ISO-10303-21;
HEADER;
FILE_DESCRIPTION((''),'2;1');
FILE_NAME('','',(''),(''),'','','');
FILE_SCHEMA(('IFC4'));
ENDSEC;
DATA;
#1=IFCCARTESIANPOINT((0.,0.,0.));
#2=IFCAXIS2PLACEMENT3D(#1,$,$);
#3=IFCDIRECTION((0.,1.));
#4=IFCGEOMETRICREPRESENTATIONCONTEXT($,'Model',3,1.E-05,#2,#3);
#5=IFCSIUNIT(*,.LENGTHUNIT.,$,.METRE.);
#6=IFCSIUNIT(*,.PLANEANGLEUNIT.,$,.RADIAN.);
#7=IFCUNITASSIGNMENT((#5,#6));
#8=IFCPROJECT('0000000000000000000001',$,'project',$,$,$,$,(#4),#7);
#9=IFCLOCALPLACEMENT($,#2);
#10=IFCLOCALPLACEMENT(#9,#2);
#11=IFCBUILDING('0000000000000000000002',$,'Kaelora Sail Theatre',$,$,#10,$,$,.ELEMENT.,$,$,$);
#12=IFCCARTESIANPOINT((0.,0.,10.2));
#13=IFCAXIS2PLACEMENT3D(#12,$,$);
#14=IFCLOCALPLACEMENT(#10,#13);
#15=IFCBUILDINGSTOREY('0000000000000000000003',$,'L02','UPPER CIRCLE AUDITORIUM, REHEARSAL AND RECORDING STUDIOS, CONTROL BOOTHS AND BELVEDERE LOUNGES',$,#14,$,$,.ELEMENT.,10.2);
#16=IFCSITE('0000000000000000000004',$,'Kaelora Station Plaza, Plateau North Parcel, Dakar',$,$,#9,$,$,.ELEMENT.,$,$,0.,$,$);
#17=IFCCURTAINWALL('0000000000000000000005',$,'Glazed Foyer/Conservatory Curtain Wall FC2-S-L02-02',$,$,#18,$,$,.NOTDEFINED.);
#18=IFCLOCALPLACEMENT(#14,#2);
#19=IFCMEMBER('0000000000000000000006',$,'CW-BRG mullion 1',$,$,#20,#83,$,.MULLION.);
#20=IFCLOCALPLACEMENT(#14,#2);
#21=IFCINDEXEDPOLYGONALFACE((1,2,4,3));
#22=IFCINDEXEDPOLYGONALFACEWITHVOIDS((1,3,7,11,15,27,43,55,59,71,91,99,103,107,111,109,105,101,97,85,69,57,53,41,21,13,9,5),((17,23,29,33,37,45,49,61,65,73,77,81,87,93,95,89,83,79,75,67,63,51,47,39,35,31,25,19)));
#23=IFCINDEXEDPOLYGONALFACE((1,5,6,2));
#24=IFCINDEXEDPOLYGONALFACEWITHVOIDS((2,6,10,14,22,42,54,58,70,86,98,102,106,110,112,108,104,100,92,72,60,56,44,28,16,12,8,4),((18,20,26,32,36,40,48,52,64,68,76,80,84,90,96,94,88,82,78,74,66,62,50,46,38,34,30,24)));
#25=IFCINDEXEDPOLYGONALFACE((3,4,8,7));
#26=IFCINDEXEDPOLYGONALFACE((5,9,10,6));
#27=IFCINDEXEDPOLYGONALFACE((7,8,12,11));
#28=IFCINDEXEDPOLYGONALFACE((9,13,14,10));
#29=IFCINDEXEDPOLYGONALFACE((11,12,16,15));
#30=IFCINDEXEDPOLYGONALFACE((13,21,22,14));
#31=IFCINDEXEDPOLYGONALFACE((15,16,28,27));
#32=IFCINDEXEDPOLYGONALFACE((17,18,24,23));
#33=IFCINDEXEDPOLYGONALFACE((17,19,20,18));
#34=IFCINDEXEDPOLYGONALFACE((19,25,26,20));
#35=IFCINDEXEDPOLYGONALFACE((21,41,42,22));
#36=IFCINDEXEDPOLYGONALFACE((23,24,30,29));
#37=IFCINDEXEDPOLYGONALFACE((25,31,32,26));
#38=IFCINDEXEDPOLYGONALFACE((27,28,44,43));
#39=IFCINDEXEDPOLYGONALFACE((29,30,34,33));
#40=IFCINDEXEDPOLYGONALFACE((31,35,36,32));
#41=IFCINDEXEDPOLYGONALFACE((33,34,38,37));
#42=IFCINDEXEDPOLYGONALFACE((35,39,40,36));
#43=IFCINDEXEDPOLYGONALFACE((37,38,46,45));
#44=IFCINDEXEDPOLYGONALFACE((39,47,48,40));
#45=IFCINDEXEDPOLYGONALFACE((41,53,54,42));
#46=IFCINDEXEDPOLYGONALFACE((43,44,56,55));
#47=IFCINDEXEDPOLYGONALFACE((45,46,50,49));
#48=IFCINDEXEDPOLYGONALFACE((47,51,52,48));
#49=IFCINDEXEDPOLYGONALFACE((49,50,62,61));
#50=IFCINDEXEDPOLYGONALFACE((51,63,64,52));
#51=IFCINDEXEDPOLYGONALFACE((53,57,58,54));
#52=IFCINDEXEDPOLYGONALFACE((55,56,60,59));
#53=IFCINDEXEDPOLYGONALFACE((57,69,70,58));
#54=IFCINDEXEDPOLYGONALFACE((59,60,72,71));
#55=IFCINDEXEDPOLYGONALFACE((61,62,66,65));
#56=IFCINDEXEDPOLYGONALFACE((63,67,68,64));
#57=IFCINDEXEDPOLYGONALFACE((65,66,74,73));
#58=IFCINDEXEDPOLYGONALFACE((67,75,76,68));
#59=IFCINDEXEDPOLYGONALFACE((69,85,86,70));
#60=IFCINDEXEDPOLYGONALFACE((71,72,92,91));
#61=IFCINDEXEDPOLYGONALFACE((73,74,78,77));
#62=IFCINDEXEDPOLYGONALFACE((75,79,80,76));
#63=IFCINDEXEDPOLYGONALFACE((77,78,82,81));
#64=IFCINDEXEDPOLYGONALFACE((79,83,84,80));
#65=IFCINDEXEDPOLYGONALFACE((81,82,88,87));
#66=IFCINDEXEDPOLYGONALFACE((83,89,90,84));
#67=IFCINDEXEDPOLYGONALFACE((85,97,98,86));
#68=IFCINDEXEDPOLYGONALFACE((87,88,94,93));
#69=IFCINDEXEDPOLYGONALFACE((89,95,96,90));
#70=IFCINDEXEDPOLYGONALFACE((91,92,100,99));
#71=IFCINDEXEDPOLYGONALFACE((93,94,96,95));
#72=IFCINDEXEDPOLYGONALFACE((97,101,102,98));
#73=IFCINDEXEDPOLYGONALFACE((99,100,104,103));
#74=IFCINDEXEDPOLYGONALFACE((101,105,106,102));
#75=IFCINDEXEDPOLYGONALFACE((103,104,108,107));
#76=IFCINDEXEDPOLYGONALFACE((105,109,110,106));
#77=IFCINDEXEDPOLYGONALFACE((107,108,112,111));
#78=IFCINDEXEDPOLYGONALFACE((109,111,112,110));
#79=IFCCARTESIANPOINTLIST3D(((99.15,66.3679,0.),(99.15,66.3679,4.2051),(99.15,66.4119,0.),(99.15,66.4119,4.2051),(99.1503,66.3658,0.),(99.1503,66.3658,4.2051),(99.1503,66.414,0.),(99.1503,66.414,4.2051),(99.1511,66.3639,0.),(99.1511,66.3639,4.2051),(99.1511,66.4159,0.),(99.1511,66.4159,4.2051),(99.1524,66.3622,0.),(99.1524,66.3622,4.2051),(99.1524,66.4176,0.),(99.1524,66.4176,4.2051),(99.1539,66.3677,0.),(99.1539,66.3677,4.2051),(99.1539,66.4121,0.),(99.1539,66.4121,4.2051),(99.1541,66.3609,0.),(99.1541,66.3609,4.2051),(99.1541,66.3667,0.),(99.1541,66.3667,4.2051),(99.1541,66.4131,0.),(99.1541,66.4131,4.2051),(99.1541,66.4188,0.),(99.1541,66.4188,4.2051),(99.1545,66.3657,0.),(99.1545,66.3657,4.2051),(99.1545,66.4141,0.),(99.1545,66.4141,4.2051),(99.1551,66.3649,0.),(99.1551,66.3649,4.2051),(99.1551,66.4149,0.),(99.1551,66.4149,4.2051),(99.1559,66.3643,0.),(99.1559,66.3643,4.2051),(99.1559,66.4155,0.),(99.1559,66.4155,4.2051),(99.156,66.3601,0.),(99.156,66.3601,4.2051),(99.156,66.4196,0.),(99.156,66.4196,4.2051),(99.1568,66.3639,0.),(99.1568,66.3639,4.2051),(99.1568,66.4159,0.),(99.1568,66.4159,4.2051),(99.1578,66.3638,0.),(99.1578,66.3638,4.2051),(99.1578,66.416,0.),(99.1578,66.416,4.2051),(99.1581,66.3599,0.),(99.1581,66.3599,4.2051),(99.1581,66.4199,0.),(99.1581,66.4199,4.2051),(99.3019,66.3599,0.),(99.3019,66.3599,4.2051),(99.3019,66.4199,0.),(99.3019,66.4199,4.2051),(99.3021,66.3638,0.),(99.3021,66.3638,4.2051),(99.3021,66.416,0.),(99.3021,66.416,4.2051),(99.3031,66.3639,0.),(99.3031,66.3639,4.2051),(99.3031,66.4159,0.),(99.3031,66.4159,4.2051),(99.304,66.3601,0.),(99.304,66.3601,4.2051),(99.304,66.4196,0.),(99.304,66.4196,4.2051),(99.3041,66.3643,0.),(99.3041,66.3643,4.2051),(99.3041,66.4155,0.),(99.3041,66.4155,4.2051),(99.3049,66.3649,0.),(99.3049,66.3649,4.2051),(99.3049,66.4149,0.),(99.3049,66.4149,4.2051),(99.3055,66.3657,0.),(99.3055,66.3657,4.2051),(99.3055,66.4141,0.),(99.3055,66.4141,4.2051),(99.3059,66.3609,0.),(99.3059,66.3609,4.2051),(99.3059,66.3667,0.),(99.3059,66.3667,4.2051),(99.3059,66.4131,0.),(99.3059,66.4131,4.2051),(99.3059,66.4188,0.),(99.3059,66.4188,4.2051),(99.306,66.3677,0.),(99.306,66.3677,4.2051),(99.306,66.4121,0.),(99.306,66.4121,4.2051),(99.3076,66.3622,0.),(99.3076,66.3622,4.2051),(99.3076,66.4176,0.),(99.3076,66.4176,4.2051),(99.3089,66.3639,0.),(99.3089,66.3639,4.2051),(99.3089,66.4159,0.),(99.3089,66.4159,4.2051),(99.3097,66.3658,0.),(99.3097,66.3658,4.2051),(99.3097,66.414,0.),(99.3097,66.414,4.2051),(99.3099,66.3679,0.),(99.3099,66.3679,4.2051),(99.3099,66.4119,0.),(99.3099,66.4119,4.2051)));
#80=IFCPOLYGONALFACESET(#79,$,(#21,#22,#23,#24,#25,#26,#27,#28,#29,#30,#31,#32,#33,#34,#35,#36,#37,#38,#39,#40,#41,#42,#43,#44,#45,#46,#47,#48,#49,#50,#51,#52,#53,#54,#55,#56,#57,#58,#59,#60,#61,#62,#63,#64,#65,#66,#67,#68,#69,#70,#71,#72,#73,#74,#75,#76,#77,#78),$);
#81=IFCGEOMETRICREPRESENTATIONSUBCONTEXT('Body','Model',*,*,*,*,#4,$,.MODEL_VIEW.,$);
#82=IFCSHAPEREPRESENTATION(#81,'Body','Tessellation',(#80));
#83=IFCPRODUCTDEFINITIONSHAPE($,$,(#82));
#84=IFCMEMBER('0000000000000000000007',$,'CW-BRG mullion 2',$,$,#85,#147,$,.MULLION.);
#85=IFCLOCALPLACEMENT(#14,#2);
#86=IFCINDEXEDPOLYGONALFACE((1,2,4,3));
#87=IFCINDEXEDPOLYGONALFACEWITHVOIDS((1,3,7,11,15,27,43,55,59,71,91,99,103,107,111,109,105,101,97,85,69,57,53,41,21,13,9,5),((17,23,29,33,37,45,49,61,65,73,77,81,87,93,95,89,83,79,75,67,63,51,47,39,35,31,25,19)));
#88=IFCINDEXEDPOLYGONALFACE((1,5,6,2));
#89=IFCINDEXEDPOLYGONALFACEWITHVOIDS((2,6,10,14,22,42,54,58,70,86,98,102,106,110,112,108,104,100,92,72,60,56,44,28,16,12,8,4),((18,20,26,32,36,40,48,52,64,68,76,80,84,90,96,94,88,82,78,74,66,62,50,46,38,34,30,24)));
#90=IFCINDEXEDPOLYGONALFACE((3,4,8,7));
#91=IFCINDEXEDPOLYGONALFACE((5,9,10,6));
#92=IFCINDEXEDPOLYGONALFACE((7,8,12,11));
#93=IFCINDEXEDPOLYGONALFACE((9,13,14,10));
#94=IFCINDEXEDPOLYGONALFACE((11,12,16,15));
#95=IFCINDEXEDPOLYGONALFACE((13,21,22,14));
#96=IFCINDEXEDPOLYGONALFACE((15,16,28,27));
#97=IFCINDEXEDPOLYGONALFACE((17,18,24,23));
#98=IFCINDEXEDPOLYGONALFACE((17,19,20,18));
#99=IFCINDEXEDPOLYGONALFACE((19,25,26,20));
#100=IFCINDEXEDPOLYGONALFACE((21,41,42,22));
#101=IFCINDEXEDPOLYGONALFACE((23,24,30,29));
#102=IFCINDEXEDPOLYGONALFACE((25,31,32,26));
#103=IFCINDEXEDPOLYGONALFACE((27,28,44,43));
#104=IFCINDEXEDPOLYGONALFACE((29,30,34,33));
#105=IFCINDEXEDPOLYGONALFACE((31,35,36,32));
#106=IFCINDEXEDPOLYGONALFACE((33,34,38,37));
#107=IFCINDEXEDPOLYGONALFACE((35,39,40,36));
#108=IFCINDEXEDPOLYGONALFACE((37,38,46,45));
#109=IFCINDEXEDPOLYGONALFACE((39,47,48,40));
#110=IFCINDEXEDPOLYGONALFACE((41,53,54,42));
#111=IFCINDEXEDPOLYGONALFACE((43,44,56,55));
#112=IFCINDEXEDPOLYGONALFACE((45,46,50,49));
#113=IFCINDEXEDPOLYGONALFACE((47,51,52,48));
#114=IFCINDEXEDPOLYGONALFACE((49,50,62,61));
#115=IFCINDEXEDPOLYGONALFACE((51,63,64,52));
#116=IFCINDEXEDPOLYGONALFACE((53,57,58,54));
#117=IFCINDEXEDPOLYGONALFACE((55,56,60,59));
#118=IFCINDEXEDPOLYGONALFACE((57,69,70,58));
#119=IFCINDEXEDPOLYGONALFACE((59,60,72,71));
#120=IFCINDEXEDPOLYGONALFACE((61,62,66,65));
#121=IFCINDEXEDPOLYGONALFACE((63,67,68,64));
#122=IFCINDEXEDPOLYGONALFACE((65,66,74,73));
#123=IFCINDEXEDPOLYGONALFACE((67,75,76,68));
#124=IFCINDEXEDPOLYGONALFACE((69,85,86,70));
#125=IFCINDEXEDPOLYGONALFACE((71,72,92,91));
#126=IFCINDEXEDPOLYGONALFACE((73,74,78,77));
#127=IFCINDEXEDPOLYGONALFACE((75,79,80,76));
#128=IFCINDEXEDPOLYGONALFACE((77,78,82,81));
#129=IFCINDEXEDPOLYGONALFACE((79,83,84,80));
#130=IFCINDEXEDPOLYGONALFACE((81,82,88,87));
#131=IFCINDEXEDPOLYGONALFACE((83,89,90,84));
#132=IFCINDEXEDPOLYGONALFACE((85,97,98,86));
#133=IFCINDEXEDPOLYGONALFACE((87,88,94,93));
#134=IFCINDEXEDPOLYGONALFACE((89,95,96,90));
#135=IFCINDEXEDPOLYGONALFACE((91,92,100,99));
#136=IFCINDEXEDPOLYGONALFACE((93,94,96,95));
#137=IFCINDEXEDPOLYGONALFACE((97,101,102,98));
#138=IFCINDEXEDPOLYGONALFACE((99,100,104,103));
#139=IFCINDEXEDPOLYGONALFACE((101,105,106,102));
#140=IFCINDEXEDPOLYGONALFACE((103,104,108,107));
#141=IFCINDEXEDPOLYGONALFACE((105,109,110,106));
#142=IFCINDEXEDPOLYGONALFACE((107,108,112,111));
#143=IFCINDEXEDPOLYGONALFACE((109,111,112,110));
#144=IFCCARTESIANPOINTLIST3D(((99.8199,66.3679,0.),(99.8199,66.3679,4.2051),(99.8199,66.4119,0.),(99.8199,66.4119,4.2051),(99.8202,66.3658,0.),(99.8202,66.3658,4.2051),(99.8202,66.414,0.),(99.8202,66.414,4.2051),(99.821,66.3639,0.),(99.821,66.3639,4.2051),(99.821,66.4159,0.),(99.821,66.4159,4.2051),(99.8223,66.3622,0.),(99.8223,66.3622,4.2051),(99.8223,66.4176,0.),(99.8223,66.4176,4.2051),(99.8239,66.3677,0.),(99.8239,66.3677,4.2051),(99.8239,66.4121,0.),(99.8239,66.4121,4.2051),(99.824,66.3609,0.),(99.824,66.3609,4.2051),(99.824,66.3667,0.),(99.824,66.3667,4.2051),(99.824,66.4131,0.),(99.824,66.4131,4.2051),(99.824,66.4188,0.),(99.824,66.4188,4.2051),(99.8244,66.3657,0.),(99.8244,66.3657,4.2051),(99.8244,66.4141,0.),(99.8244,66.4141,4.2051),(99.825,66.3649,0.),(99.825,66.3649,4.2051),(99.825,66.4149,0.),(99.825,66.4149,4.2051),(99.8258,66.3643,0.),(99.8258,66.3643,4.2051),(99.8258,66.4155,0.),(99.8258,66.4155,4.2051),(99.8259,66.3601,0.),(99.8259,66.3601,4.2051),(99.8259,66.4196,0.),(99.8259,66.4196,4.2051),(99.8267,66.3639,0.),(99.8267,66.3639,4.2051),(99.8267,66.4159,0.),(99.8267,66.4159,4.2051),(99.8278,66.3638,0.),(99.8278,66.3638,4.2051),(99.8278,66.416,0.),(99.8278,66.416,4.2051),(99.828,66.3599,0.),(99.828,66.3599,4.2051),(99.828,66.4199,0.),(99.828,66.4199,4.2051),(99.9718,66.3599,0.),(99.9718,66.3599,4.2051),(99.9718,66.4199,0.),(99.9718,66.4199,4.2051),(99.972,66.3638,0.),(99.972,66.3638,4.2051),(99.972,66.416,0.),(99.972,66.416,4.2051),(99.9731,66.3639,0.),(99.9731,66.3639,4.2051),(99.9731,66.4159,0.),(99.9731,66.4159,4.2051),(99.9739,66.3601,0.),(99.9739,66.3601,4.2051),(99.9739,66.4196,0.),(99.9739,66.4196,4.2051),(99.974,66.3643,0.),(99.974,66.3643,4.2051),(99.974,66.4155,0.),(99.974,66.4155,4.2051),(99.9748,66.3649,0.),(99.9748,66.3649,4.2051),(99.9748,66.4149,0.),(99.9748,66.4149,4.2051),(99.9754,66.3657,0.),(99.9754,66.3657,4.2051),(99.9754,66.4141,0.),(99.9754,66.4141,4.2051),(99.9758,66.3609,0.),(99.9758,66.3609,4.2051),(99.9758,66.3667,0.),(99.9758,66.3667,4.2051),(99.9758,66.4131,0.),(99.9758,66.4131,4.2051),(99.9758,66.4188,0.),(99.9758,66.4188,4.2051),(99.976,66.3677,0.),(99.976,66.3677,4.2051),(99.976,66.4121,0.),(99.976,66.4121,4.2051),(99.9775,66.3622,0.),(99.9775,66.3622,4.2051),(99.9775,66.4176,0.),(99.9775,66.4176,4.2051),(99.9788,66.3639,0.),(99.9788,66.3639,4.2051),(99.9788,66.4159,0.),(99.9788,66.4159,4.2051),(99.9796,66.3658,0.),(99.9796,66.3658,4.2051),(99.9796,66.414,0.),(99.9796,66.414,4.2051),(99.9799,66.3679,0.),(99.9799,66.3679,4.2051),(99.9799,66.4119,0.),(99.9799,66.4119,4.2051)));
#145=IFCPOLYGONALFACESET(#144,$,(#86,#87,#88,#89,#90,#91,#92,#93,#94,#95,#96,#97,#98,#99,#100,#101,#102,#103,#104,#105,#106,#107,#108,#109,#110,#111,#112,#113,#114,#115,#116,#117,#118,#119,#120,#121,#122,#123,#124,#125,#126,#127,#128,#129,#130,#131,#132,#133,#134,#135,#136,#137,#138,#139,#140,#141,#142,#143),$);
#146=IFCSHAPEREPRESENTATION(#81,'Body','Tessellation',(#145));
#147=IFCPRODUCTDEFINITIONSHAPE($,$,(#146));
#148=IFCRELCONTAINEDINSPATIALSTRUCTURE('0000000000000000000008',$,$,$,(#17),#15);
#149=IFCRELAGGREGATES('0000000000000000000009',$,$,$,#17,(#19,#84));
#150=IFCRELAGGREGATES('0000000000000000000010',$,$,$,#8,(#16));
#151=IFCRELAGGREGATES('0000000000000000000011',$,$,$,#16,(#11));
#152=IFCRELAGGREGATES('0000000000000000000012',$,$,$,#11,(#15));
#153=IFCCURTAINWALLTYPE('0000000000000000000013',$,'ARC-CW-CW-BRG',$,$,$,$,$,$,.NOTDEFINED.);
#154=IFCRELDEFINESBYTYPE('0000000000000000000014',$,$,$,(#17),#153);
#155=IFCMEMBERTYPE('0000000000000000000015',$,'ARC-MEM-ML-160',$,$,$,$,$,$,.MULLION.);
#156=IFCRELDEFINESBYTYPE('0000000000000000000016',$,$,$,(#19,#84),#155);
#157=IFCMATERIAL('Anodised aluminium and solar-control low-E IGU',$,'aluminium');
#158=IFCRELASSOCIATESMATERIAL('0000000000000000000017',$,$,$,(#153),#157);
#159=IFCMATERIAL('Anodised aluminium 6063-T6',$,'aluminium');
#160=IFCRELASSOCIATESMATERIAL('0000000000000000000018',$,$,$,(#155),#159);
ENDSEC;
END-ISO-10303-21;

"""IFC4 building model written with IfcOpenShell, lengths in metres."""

from ifc_helpers import new_model, si_unit, direction, frame, origin, origin_2d, place, context, subcontext, project, spatial, hollow_rectangle, extrude, material, material_profile, profile_set, type_object, element, aggregate, save


model = new_model("IFC4")

# Units and contexts
model_context = context("Model", 3, precision=1e-05, world=origin(), true_north=direction((0.0, 1.0)))
body_context = subcontext(model_context, "Body", "Model", "MODEL_VIEW")
ifc_project = project(units=[si_unit("LENGTHUNIT", "METRE"), si_unit("PLANEANGLEUNIT", "RADIAN")], contexts=[model_context])

# Site, building, storey
site_placement = place(None, origin())
site = spatial("IfcSite", under=ifc_project, at=site_placement, Name="Kaelora Station Plaza, Plateau North Parcel, Dakar", CompositionType="ELEMENT", RefElevation=0.0)
building_placement = place(site_placement, origin())
building = spatial("IfcBuilding", under=site, at=building_placement, Name="Kaelora Sail Theatre", CompositionType="ELEMENT")
storey_placement = place(building_placement, frame((0.0, 0.0, 10.2)))
storey = spatial("IfcBuildingStorey", under=building, at=storey_placement, Name="L02", Description="UPPER CIRCLE AUDITORIUM, REHEARSAL AND RECORDING STUDIOS, CONTROL BOOTHS AND BELVEDERE LOUNGES", CompositionType="ELEMENT", Elevation=10.2)

# Curtain wall, members
ifc_material_1 = material(Name="Anodised aluminium and solar-control low-E IGU", Category="aluminium")
curtain_wall_type = type_object("IfcCurtainWallType", Name="ARC-CW-CW-BRG", PredefinedType="NOTDEFINED", material=ifc_material_1)
ifc_material_2 = material(Name="Anodised aluminium 6063-T6", Category="aluminium")
ifc_material_profile_1 = material_profile(ifc_material_2, hollow_rectangle(XDim=0.0601, YDim=0.1599, WallThickness=0.0039, InnerFilletRadius=0.0039, OuterFilletRadius=0.0081, at=origin_2d()), Name="ALU-MULL 60x160x4")
ifc_profile_set_1 = profile_set([ifc_material_profile_1], Name="Anodised aluminium 6063-T6")
member_type_1 = type_object("IfcMemberType", Name="ARC-MEM-ML-160", PredefinedType="MULLION", material=ifc_profile_set_1)
curtain_wall_1_placement = place(storey_placement, origin())
curtain_wall_1 = element("IfcCurtainWall", 1, at=curtain_wall_1_placement, inside=storey, type_object=curtain_wall_type, Name="Glazed Foyer/Conservatory Curtain Wall FC2-S-L02-02", PredefinedType="NOTDEFINED")
member_1_placement = place(storey_placement, frame((99.23, 66.3899, 0.0), z_axis=(0.0, 0.0, 1.0), x_axis=(0.0, 1.0, 0.0)))
member_1 = element("IfcMember", 2, at=member_1_placement, type_object=member_type_1, Name="CW-BRG mullion 1", PredefinedType="MULLION", context=body_context, shape_type="SweptSolid", body=[
    extrude(hollow_rectangle(XDim=0.0601, YDim=0.1599, WallThickness=0.0039, InnerFilletRadius=0.0039, OuterFilletRadius=0.0081, at=origin_2d()), origin(), (0.0, 0.0, 1.0), 4.2051),
])
member_2_placement = place(storey_placement, frame((99.8999, 66.3899, 0.0), z_axis=(0.0, 0.0, 1.0), x_axis=(0.0, 1.0, 0.0)))
member_2 = element("IfcMember", 3, at=member_2_placement, type_object=member_type_1, Name="CW-BRG mullion 2", PredefinedType="MULLION", context=body_context, shape_type="SweptSolid", body=[
    extrude(hollow_rectangle(XDim=0.0601, YDim=0.1599, WallThickness=0.0039, InnerFilletRadius=0.0039, OuterFilletRadius=0.0081, at=origin_2d()), origin(), (0.0, 0.0, 1.0), 4.2051),
])

aggregate(curtain_wall_1, [member_1, member_2])

save(model, "model.ifc")
